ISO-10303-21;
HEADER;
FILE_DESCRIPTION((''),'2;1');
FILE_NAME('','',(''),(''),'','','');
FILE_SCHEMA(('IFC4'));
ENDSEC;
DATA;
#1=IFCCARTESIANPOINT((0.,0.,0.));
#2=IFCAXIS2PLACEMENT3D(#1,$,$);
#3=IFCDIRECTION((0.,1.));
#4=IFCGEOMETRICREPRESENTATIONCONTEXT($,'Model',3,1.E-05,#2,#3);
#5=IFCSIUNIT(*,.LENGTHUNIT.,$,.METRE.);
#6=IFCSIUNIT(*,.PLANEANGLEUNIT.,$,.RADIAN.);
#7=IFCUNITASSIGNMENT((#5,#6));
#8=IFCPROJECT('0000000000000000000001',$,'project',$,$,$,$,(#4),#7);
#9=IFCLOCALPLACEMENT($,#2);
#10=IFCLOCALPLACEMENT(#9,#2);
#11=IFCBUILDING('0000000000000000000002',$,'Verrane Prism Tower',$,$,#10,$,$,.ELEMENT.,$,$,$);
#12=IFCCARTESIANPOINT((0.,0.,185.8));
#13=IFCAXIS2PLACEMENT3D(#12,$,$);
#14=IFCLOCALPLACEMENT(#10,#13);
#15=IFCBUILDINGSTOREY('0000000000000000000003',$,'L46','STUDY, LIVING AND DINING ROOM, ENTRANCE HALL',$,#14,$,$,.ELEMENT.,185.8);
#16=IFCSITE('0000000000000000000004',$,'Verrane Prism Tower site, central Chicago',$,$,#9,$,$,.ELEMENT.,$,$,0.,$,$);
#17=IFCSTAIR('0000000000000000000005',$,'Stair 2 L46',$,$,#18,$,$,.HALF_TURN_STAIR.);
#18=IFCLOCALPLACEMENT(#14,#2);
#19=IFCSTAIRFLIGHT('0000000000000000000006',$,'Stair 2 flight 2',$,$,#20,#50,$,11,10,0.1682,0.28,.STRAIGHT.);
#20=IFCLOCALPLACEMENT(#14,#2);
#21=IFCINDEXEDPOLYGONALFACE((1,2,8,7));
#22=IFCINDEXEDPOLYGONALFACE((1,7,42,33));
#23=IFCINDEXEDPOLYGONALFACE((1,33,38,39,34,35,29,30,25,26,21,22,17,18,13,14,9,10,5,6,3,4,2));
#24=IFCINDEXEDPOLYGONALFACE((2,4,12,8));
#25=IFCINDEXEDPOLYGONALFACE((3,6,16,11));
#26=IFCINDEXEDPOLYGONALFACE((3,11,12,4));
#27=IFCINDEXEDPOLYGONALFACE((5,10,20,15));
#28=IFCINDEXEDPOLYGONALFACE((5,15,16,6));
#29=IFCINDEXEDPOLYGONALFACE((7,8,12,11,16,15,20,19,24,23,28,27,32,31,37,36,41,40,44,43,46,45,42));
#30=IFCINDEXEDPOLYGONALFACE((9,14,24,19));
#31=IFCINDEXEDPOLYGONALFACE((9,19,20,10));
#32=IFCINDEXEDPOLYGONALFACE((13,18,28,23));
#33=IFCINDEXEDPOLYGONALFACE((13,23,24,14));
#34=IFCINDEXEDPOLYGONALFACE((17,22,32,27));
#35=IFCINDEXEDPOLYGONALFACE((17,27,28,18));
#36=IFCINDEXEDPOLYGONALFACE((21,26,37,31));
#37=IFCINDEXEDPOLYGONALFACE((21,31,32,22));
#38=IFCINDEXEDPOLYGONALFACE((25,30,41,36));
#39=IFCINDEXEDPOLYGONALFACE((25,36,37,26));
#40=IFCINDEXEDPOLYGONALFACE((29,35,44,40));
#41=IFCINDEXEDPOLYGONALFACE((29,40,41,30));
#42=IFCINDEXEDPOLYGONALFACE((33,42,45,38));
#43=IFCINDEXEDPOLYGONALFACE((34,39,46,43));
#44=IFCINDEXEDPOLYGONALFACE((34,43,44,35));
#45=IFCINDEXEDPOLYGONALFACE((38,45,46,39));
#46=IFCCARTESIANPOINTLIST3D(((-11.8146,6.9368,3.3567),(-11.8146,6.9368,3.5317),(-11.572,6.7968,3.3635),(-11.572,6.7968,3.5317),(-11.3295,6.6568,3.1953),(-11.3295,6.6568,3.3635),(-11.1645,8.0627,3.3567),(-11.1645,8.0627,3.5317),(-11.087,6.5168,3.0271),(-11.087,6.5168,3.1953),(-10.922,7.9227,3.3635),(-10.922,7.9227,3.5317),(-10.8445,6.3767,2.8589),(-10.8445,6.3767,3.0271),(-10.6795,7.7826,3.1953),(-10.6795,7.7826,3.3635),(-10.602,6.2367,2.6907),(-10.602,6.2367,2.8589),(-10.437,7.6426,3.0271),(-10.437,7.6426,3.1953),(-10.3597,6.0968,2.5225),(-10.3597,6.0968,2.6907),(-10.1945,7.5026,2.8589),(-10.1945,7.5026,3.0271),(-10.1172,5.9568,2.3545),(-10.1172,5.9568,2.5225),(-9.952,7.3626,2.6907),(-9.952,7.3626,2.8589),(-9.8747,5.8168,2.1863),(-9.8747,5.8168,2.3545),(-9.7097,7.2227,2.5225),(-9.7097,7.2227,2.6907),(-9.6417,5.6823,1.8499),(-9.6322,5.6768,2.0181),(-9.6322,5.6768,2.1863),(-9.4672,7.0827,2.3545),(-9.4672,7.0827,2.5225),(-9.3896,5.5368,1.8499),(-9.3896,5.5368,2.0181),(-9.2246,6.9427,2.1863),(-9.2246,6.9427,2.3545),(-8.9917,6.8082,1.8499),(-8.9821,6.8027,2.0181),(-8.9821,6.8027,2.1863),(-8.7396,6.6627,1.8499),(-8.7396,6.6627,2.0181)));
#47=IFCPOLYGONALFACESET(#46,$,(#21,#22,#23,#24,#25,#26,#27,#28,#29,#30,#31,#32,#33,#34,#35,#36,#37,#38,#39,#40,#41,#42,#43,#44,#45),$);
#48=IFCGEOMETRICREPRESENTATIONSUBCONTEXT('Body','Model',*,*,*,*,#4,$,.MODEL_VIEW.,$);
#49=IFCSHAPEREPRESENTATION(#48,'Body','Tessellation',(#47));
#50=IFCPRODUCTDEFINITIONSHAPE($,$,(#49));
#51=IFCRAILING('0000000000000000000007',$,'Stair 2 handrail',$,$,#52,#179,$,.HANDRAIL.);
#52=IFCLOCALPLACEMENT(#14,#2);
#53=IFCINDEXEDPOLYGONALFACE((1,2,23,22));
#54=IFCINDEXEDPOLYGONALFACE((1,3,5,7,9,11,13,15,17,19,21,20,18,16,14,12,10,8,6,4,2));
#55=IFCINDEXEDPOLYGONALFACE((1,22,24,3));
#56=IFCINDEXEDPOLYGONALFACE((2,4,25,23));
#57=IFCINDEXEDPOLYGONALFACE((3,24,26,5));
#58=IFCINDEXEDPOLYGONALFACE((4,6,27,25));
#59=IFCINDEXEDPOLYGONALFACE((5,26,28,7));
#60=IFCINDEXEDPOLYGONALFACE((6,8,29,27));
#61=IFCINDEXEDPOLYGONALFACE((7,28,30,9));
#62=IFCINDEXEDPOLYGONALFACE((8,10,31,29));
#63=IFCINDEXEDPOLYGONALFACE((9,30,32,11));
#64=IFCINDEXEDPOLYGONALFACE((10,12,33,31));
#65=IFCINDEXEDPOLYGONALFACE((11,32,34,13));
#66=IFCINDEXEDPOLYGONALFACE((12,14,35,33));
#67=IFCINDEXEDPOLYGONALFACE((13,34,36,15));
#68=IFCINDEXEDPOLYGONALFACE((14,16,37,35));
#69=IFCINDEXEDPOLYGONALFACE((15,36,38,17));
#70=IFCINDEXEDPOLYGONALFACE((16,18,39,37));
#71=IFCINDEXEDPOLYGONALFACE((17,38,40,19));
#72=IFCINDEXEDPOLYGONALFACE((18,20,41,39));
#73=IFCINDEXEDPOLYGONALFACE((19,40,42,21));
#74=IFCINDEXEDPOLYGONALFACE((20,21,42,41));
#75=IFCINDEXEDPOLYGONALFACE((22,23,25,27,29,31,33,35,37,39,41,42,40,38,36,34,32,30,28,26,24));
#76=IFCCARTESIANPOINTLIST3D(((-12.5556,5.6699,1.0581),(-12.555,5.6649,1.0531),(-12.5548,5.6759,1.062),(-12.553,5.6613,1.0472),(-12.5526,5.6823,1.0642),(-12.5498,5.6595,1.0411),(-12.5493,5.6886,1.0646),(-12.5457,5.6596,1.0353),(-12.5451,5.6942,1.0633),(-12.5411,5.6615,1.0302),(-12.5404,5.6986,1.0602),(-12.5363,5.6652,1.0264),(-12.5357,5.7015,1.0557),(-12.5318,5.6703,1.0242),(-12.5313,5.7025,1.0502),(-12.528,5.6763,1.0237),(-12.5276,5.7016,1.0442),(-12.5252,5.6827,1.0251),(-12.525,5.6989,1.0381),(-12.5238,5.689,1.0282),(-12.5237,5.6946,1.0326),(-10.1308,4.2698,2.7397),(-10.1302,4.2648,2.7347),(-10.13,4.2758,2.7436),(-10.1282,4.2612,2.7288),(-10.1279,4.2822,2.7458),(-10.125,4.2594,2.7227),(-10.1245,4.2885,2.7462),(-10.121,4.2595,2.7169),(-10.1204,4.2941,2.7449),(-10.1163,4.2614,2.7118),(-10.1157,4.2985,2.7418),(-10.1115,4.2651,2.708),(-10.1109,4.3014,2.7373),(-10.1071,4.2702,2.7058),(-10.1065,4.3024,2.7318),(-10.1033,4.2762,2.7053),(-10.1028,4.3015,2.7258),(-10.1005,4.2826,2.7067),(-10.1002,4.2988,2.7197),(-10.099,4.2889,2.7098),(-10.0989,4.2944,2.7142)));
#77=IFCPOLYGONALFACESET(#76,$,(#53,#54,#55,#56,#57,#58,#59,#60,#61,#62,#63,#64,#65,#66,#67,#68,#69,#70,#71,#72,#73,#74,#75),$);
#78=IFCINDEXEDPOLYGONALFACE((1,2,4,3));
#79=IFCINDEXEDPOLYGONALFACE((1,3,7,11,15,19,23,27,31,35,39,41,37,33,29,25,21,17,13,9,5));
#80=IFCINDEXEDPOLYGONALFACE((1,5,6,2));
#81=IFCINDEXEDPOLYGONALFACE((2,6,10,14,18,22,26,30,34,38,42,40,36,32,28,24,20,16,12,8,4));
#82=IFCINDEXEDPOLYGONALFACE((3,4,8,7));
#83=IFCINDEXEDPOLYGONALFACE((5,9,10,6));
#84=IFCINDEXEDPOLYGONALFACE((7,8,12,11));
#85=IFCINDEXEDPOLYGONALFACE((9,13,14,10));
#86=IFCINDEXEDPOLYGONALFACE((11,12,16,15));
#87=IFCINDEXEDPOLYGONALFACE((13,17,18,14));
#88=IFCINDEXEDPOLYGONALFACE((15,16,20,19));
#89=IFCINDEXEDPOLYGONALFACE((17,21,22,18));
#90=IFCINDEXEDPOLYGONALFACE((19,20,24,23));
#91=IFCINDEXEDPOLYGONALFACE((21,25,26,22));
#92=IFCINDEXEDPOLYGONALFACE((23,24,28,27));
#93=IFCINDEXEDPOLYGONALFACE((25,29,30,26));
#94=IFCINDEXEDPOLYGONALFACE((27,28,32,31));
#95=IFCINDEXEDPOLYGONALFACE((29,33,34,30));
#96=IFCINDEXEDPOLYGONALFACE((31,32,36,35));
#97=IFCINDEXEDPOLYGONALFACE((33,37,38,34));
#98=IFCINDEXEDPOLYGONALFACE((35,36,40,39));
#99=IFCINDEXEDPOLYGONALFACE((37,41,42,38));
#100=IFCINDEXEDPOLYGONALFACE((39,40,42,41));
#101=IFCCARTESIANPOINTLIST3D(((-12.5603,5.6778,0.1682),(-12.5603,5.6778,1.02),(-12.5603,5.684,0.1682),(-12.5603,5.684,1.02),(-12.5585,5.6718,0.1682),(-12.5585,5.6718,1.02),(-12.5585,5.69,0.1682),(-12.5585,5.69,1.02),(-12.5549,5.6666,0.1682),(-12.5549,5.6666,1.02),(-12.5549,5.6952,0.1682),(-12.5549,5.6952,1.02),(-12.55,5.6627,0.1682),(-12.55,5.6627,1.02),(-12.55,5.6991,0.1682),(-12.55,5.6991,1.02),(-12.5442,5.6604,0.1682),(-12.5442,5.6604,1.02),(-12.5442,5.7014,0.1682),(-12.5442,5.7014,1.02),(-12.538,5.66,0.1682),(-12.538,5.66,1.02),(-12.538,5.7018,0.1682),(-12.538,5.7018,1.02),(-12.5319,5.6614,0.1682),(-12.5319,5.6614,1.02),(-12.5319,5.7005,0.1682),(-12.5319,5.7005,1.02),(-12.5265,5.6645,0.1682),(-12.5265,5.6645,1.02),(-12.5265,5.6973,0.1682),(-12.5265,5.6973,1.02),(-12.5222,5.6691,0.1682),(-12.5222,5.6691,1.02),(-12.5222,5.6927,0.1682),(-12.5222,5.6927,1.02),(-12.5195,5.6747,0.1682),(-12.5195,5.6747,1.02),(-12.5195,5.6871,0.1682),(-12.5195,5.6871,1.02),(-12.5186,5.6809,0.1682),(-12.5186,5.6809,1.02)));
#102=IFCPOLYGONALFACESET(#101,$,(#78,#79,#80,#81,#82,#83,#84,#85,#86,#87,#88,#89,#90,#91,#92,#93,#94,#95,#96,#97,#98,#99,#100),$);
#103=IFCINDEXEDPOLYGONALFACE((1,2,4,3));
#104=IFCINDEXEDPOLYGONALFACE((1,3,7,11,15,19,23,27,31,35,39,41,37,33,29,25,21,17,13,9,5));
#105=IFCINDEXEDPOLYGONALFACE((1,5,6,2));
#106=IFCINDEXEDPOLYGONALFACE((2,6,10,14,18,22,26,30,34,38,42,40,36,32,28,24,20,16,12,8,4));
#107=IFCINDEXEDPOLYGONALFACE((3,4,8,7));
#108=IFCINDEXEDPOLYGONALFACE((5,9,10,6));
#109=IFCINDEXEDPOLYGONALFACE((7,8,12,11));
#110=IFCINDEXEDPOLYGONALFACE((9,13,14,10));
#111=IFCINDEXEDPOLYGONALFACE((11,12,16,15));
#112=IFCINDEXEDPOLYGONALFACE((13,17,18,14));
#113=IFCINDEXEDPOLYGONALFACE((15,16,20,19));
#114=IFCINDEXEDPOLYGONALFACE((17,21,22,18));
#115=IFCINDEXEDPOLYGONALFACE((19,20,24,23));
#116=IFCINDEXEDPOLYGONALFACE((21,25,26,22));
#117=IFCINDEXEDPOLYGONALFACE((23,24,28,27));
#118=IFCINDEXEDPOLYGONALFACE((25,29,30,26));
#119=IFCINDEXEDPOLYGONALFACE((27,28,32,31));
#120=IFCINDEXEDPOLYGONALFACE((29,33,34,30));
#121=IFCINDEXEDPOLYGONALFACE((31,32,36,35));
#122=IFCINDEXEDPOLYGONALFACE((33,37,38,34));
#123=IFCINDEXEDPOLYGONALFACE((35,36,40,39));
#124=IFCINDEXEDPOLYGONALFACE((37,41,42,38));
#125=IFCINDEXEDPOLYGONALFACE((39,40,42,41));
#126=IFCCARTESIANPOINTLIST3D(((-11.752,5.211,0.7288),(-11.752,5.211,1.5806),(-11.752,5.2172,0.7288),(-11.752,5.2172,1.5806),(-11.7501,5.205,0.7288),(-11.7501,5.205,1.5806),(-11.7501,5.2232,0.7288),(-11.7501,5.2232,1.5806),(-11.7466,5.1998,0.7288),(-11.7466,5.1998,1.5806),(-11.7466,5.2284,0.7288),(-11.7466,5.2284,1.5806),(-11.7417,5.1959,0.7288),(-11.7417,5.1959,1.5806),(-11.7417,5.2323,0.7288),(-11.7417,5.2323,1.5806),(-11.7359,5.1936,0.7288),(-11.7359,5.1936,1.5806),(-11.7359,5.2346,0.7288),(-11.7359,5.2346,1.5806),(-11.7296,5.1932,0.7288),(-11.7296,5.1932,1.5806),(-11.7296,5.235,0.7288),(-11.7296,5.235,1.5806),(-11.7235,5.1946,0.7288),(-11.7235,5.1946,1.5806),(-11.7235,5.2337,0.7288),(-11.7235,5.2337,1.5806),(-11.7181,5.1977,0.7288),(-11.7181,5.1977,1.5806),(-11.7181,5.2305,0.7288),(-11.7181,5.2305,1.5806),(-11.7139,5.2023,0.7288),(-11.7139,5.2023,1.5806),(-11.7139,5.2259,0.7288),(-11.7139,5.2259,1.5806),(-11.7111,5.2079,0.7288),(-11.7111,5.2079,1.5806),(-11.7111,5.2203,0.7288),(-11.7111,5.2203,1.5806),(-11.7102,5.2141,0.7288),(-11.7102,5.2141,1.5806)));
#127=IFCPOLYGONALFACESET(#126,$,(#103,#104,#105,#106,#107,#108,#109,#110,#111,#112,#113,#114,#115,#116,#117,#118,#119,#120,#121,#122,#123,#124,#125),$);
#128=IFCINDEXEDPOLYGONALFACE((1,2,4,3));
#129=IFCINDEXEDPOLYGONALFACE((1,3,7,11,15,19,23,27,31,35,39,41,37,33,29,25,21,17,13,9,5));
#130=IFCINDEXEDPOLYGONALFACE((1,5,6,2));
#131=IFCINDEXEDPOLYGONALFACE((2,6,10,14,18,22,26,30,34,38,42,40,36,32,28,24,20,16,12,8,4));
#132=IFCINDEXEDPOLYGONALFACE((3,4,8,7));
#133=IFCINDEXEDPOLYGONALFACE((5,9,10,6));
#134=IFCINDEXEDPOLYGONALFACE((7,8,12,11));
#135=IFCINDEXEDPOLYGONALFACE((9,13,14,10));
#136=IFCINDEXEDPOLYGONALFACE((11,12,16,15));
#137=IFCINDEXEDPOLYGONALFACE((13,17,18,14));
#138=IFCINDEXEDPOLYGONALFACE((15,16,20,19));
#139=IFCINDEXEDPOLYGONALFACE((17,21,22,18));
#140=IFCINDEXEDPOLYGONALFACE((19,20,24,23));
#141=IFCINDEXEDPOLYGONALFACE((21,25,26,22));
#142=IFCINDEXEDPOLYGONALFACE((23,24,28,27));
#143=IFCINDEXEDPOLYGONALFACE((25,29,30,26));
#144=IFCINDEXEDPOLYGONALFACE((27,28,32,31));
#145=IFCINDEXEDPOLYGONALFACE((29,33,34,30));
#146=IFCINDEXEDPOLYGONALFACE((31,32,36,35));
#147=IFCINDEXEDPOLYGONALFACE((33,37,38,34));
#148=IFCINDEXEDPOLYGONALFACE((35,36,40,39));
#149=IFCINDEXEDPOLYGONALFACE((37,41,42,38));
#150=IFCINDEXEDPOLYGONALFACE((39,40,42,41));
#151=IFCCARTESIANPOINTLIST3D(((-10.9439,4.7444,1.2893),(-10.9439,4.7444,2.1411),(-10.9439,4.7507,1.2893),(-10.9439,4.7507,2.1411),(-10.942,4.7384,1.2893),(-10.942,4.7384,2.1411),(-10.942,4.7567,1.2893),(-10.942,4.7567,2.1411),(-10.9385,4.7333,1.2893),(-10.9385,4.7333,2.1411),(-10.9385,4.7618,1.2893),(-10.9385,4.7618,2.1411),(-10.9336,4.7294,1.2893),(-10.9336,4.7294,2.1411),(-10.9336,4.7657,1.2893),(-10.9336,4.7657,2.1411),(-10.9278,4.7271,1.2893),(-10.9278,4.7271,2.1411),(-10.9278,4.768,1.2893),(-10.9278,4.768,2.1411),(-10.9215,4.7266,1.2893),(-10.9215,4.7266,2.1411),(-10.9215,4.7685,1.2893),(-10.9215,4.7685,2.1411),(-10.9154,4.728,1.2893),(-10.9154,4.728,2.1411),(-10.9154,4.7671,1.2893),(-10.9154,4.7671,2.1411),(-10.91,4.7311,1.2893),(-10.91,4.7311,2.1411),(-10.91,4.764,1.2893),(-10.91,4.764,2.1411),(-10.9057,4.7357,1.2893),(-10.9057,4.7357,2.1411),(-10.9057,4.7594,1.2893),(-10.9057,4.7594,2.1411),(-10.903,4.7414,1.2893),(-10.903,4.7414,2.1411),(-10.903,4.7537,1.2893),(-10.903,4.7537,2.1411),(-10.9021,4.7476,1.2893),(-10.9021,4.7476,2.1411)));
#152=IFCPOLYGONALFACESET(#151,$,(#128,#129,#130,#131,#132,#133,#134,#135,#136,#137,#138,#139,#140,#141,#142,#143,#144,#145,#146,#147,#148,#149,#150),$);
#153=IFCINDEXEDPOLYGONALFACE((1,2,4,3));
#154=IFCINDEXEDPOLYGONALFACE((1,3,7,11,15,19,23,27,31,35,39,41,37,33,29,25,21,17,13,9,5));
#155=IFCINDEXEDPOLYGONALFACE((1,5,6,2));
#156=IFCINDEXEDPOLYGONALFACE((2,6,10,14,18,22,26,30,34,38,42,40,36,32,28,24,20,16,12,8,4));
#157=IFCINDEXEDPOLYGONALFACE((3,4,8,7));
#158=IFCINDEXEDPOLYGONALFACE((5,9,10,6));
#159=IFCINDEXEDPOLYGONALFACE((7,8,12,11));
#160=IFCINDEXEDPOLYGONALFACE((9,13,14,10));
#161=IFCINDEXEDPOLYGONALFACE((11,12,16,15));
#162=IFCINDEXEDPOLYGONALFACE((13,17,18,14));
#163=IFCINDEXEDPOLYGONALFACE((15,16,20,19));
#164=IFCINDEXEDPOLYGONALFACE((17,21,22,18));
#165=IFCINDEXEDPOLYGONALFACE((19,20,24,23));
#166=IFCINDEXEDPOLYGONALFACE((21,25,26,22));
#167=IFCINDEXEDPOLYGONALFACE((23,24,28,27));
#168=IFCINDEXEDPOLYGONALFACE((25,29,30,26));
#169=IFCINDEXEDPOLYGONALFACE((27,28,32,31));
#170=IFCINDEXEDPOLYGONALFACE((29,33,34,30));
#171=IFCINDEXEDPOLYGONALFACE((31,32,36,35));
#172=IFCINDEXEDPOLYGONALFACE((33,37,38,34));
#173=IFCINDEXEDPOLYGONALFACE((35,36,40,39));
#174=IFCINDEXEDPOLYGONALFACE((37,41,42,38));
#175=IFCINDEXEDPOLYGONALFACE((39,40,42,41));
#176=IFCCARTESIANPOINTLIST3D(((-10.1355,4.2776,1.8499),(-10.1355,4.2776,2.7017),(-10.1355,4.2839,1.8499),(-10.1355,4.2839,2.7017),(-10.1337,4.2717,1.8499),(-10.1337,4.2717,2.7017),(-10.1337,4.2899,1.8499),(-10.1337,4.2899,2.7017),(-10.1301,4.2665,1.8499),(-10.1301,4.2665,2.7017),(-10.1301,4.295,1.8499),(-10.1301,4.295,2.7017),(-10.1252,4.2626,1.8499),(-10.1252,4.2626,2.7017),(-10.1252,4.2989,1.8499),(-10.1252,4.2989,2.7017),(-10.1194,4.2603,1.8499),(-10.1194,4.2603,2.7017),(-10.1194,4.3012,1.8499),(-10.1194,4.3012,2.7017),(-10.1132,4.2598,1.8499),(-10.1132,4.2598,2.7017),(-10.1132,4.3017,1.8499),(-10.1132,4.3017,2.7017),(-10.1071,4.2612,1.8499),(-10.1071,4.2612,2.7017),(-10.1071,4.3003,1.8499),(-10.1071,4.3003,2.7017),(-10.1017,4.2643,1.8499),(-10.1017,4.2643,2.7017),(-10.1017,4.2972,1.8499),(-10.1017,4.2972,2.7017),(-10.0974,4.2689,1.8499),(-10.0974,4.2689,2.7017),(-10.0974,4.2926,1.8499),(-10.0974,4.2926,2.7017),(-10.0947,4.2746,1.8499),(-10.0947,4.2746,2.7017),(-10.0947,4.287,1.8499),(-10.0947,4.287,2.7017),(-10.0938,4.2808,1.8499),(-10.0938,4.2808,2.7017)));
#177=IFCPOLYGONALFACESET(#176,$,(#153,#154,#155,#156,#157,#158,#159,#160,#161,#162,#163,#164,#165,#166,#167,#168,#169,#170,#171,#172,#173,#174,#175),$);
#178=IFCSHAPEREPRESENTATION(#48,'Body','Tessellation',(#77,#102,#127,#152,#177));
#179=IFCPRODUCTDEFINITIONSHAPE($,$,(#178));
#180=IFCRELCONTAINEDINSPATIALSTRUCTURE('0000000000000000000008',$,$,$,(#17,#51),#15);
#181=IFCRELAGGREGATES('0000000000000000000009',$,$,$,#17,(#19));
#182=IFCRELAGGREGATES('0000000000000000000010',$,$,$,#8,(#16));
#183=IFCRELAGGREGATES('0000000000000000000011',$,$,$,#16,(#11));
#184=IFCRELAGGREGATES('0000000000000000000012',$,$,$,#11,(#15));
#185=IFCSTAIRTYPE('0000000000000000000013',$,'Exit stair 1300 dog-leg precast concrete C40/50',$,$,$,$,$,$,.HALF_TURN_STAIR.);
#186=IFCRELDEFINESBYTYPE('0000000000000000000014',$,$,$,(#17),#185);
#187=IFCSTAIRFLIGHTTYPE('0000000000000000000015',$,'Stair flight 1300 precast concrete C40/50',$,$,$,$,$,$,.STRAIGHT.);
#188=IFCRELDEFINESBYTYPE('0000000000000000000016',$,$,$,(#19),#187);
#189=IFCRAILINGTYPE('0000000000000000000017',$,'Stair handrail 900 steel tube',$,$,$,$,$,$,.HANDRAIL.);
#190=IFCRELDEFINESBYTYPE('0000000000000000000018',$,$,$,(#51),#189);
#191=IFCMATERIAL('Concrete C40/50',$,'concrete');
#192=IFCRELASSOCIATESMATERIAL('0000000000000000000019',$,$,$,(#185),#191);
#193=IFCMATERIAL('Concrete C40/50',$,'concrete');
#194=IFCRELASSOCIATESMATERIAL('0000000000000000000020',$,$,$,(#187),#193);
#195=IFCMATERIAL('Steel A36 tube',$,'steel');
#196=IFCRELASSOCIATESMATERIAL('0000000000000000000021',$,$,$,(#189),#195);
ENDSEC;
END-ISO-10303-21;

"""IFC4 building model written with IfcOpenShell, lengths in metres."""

from ifc_helpers import new_model, si_unit, direction, frame, origin, origin_2d, place, context, subcontext, project, spatial, polyline, circle, outline, extrude, material, type_object, element, aggregate, save


model = new_model("IFC4")

# Units and contexts
model_context = context("Model", 3, precision=1e-05, world=origin(), true_north=direction((0.0, 1.0)))
body_context = subcontext(model_context, "Body", "Model", "MODEL_VIEW")
ifc_project = project(units=[si_unit("LENGTHUNIT", "METRE"), si_unit("PLANEANGLEUNIT", "RADIAN")], contexts=[model_context])

# Site, building, storey
site_placement = place(None, origin())
site = spatial("IfcSite", under=ifc_project, at=site_placement, Name="Verrane Prism Tower site, central Chicago", CompositionType="ELEMENT", RefElevation=0.0)
building_placement = place(site_placement, origin())
building = spatial("IfcBuilding", under=site, at=building_placement, Name="Verrane Prism Tower", CompositionType="ELEMENT")
storey_placement = place(building_placement, frame((0.0, 0.0, 185.8)))
storey = spatial("IfcBuildingStorey", under=building, at=storey_placement, Name="L46", Description="STUDY, LIVING AND DINING ROOM, ENTRANCE HALL", CompositionType="ELEMENT", Elevation=185.8)

# Stair, stair flight
ifc_material_1 = material(Name="Concrete C40/50", Category="concrete")
stair_type = type_object("IfcStairType", Name="Exit stair 1300 dog-leg precast concrete C40/50", PredefinedType="HALF_TURN_STAIR", material=ifc_material_1)
stair_placement = place(storey_placement, origin())
stair = element("IfcStair", 1, at=stair_placement, inside=storey, type_object=stair_type, Name="Stair 2 L46", PredefinedType="HALF_TURN_STAIR")
ifc_material_2 = material(Name="Concrete C40/50", Category="concrete")
stair_flight_type = type_object("IfcStairFlightType", Name="Stair flight 1300 precast concrete C40/50", PredefinedType="STRAIGHT", material=ifc_material_2)
stair_flight_1_placement = place(storey_placement, frame((-9.0647, 6.0996, 1.8499), z_axis=(0.0, 0.0, 1.0), x_axis=(-0.866025, 0.5, 0.0)))
stair_flight_1 = element("IfcStairFlight", 2, at=stair_flight_1_placement, type_object=stair_flight_type, Name="Stair 2 flight 2", NumberOfRisers=11, NumberOfTreads=10, PredefinedType="STRAIGHT", RiserHeight=0.1682, TreadLength=0.28, context=body_context, shape_type="SweptSolid", body=[
    extrude(outline(polyline([(0.0, 0.0), (0.0, 0.1682), (0.28, 0.1682), (0.28, 0.3364), (0.5601, 0.3364), (0.5601, 0.5046), (0.8401, 0.5046), (0.8401, 0.6726), (1.1201, 0.6726), (1.1201, 0.8408), (1.3999, 0.8408), (1.3999, 1.009), (1.6799, 1.009), (1.6799, 1.1772), (1.96, 1.1772), (1.96, 1.3455), (2.24, 1.3455), (2.24, 1.5137), (2.52, 1.5137), (2.52, 1.6819), (2.8, 1.6819), (2.8, 1.8501), (2.8, 1.5068), (0.291, 0.0), (0.0, 0.0)])), frame((0.0, 0.6499, 0.0), z_axis=(0.0, -1.0, 0.0), x_axis=(1.0, 0.0, 0.0)), (0.0, 0.0, 1.0), 1.3),
])
aggregate(stair, [stair_flight_1])

# Railing
ifc_material_3 = material(Name="Steel A36 tube", Category="steel")
railing_type_1 = type_object("IfcRailingType", Name="Stair handrail 900 steel tube", PredefinedType="HANDRAIL", material=ifc_material_3)
railing_1_placement = place(storey_placement, frame((-12.5396, 5.6809, 0.1682)))
element("IfcRailing", 3, at=railing_1_placement, inside=storey, type_object=railing_type_1, Name="Stair 2 handrail", PredefinedType="HANDRAIL", context=body_context, shape_type="SweptSolid", body=[
    extrude(circle(Radius=0.0239, at=origin_2d()), frame((0.0, 0.0, 0.876), z_axis=(0.742395, -0.428679, 0.514863), x_axis=(0.50005, 0.865997, 0.0)), (0.0, 0.0, 1.0), 3.2661),
    extrude(circle(Radius=0.021, at=origin_2d()), origin(), (0.0, 0.0, 1.0), 0.8518),
    extrude(circle(Radius=0.021, at=origin_2d()), frame((0.8083, -0.4668, 0.5605)), (0.0, 0.0, 1.0), 0.8518),
    extrude(circle(Radius=0.021, at=origin_2d()), frame((1.6165, -0.9333, 1.1211)), (0.0, 0.0, 1.0), 0.8518),
    extrude(circle(Radius=0.021, at=origin_2d()), frame((2.4248, -1.4001, 1.6816)), (0.0, 0.0, 1.0), 0.8518),
])

save(model, "model.ifc")
